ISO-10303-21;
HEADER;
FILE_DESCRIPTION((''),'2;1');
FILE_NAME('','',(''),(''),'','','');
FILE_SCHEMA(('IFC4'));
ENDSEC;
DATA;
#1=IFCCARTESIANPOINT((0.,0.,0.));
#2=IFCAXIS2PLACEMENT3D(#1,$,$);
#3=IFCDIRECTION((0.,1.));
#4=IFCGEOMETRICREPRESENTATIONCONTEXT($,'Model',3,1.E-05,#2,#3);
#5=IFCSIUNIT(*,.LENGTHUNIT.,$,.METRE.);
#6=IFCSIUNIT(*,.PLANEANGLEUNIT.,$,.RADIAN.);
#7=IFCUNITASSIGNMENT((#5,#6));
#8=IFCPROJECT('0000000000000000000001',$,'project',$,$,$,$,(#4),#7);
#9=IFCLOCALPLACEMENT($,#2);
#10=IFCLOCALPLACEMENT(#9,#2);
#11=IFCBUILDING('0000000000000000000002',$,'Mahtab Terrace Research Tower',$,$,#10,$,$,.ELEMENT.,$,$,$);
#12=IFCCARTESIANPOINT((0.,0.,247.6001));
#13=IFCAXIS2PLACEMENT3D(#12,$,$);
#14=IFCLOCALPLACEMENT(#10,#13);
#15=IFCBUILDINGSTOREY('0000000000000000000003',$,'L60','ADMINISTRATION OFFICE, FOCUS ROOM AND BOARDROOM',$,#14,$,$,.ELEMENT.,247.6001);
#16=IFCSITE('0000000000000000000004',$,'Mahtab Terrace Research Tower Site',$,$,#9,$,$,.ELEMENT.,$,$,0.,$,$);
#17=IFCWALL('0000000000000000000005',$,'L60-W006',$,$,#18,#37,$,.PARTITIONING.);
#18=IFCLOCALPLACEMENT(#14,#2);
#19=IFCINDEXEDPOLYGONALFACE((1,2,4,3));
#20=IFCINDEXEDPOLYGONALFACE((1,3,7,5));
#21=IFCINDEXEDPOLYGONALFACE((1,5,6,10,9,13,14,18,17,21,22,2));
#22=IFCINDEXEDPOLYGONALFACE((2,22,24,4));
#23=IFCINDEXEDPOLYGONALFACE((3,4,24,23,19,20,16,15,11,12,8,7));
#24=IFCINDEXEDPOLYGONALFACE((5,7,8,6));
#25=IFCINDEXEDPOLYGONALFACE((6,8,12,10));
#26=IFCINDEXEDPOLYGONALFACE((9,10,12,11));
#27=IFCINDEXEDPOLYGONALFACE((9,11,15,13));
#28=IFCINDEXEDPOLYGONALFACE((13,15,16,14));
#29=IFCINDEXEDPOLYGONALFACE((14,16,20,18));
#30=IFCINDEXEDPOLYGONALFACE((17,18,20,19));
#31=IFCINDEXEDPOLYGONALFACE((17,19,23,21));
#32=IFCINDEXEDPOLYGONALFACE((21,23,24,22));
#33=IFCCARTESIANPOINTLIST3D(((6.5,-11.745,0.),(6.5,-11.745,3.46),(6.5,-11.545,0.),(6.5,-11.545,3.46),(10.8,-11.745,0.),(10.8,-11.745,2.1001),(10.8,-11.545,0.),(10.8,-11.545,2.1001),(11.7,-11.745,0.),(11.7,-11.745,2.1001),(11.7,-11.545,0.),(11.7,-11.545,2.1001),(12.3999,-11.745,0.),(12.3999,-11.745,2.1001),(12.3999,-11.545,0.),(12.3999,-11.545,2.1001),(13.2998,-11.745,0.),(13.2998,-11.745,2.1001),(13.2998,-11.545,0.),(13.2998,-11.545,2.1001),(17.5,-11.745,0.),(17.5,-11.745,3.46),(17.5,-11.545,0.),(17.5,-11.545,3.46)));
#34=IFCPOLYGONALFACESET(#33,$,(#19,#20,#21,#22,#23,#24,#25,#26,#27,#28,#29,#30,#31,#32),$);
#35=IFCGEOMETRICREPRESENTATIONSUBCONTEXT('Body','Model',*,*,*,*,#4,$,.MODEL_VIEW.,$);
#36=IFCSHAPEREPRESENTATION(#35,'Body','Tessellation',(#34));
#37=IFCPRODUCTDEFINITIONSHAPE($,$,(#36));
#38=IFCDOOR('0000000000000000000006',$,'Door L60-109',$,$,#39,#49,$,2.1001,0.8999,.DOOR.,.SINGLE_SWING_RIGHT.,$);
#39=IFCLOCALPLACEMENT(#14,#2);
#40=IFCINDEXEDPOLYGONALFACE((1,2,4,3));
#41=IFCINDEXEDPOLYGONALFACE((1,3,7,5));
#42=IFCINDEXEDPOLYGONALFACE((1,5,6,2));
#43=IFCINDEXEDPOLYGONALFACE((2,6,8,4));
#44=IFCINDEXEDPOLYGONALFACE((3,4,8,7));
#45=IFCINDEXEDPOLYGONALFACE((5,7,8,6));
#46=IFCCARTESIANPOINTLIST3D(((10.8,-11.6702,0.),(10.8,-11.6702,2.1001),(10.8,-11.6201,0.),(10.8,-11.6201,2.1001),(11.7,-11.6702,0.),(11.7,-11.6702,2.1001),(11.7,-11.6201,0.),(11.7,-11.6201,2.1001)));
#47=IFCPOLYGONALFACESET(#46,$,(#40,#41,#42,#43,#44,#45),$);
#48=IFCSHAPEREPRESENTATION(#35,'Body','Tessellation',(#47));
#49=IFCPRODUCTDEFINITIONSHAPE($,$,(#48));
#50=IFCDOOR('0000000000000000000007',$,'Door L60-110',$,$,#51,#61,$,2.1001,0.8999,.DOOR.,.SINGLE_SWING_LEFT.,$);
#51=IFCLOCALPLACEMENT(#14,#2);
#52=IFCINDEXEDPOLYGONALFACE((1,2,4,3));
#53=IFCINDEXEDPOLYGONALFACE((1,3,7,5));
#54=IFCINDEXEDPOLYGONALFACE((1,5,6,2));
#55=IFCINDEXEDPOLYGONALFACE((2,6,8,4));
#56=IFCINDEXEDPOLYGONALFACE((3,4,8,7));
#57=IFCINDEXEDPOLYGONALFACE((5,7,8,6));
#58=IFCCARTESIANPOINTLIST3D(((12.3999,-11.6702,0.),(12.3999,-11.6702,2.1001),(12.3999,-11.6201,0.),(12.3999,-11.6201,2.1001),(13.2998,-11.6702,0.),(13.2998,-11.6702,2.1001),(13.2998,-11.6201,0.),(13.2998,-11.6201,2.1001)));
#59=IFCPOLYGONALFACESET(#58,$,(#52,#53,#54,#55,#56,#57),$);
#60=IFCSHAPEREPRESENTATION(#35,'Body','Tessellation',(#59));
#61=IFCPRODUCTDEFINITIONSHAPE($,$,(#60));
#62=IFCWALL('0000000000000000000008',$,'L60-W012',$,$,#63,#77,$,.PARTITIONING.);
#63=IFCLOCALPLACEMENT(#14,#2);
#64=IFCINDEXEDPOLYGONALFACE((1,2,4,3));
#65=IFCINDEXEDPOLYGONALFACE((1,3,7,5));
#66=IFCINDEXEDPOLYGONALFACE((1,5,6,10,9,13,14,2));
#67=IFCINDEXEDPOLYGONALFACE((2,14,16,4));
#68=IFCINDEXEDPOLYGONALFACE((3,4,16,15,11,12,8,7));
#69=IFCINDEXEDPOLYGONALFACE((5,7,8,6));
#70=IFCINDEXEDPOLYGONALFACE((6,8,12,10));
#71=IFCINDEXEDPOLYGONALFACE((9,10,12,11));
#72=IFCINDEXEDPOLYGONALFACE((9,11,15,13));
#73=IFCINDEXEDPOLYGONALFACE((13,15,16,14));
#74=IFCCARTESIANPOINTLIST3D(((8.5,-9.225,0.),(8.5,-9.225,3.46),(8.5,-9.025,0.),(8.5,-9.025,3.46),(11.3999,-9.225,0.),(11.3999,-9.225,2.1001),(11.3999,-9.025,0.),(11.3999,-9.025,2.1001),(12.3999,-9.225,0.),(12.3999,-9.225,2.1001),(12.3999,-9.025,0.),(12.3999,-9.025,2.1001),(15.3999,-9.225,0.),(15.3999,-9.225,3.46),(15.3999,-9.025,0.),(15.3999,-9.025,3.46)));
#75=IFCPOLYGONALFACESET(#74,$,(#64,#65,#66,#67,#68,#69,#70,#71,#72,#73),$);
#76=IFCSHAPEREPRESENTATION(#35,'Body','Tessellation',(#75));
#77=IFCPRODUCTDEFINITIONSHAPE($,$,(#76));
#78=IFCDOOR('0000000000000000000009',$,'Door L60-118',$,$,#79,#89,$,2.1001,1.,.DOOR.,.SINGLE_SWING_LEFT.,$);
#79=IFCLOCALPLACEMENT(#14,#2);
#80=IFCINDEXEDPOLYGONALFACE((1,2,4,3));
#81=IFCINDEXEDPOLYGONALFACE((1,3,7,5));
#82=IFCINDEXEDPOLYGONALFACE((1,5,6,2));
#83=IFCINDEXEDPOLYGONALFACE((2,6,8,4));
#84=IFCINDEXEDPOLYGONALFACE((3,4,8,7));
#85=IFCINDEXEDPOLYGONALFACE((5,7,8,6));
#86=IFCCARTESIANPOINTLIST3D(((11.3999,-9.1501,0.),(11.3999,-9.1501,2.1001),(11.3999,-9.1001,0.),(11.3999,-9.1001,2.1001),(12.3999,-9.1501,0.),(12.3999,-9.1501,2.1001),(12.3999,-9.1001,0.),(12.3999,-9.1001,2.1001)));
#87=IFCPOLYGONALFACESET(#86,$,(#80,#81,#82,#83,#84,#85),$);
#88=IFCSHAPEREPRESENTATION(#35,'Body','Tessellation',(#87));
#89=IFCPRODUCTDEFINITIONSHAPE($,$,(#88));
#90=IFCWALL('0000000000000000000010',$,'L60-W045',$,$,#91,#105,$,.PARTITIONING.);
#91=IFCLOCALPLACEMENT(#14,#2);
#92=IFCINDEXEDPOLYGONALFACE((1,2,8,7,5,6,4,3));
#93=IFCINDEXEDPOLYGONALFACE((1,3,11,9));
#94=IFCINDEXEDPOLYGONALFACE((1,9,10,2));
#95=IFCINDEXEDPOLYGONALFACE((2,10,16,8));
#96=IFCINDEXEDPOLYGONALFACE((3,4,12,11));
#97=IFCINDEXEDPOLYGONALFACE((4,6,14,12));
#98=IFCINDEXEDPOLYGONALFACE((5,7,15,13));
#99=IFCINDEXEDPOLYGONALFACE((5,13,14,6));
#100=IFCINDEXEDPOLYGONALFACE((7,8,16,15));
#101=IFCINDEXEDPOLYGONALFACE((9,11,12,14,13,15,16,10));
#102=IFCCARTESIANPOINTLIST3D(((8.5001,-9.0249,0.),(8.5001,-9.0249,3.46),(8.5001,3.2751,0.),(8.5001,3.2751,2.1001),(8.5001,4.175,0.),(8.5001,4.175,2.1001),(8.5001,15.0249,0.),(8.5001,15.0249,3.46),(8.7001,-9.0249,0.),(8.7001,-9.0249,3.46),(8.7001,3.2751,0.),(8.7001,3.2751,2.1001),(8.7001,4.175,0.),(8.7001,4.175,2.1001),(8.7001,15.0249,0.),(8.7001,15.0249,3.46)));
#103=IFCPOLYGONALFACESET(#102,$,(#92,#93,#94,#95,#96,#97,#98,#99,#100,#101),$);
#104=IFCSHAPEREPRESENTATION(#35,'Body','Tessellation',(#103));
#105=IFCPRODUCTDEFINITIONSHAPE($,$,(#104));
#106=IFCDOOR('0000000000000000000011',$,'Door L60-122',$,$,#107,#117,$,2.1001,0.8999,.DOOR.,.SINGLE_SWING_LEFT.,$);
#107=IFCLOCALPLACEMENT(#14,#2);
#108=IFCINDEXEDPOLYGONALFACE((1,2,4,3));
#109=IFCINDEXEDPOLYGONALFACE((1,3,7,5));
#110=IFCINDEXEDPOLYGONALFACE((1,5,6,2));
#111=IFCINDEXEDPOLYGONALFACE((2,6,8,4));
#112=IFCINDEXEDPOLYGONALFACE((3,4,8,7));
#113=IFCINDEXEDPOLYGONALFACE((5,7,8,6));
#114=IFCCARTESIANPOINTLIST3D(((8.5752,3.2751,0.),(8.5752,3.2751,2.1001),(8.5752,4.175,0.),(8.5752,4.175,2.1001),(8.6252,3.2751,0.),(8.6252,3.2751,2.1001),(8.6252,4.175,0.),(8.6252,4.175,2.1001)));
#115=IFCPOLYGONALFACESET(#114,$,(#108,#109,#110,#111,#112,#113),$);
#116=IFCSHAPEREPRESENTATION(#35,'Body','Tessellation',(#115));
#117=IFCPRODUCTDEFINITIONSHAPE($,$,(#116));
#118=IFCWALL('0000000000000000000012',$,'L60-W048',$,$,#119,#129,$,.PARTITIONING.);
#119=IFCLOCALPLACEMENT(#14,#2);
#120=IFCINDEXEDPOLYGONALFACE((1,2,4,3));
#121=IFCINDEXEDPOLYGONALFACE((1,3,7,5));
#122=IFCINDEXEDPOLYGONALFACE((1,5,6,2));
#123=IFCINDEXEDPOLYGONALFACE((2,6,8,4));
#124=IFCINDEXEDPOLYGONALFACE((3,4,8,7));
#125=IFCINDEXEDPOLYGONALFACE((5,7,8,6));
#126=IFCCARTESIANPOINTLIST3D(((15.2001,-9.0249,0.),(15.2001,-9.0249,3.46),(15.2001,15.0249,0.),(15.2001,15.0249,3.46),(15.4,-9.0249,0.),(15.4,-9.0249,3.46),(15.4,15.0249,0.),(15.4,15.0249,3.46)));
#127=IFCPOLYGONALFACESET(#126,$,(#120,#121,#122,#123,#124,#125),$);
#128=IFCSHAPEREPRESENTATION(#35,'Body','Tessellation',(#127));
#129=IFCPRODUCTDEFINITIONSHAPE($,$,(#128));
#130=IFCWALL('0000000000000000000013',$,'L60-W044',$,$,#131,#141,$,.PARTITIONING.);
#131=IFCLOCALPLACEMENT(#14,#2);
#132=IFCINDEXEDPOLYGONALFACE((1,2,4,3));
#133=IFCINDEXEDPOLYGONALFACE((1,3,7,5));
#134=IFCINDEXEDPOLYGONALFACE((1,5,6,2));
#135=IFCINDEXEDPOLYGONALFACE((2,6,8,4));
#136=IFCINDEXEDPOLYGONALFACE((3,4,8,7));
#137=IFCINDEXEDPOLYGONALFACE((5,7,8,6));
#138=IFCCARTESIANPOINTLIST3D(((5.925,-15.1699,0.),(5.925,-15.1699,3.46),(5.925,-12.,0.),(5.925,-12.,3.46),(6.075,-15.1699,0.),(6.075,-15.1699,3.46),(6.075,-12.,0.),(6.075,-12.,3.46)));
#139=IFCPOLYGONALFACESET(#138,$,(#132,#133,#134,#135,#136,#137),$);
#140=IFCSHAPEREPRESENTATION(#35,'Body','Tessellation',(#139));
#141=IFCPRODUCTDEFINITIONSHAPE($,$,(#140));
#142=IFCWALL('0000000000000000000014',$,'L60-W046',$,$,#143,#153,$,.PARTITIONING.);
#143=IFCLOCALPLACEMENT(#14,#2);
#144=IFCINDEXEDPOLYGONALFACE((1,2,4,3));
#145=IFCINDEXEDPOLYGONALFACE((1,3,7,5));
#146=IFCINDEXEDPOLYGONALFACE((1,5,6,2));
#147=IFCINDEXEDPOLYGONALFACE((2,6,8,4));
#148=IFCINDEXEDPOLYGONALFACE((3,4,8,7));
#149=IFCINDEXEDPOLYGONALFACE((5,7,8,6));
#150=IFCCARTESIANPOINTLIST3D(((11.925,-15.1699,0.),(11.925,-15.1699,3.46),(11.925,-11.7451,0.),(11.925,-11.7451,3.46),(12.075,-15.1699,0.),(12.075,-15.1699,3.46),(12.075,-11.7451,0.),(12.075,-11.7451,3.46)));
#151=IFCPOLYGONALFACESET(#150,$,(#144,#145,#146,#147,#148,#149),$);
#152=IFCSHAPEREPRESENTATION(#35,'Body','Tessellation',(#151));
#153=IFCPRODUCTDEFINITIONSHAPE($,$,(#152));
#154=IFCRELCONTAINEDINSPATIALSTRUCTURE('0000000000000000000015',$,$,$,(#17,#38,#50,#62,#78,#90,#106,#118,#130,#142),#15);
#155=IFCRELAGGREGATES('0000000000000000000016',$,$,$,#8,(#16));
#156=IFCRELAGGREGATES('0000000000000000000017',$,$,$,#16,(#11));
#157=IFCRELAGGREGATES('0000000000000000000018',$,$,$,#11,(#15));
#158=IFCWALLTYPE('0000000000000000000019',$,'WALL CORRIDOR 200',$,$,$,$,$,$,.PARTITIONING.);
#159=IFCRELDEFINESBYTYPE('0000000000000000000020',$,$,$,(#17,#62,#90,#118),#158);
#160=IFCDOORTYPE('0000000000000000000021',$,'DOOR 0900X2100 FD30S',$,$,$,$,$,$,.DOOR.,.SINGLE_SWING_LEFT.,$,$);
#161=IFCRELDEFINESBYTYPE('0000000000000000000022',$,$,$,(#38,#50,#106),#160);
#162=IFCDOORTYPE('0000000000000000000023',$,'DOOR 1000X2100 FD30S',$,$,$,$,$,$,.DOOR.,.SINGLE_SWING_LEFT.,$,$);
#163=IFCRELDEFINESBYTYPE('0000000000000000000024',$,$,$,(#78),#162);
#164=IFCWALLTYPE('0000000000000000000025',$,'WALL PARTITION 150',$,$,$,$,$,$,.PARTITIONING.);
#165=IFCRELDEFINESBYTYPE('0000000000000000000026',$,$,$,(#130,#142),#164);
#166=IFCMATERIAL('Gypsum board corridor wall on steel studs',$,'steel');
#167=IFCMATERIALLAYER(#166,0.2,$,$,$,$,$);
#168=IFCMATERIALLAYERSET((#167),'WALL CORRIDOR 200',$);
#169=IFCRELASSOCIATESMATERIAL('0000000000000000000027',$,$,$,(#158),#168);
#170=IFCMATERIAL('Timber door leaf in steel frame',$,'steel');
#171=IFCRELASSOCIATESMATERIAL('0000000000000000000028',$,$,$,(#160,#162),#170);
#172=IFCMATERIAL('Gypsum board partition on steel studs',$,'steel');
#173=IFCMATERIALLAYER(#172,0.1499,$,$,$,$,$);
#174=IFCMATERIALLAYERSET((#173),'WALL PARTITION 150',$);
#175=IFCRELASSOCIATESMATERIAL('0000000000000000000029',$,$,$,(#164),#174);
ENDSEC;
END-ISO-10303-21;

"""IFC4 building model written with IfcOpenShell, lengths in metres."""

from ifc_helpers import new_model, si_unit, direction, frame, frame_2d, origin, place, context, subcontext, project, spatial, rectangle, extrude, material, layer, layer_set, type_object, element, fill, save


model = new_model("IFC4")

# Units and contexts
model_context = context("Model", 3, precision=1e-05, world=origin(), true_north=direction((0.0, 1.0)))
body_context = subcontext(model_context, "Body", "Model", "MODEL_VIEW")
ifc_project = project(units=[si_unit("LENGTHUNIT", "METRE"), si_unit("PLANEANGLEUNIT", "RADIAN")], contexts=[model_context])

# Site, building, storey
site_placement = place(None, origin())
site = spatial("IfcSite", under=ifc_project, at=site_placement, Name="Mahtab Terrace Research Tower Site", CompositionType="ELEMENT", RefElevation=0.0)
building_placement = place(site_placement, origin())
building = spatial("IfcBuilding", under=site, at=building_placement, Name="Mahtab Terrace Research Tower", CompositionType="ELEMENT")
storey_placement = place(building_placement, frame((0.0, 0.0, 247.6001)))
storey = spatial("IfcBuildingStorey", under=building, at=storey_placement, Name="L60", Description="ADMINISTRATION OFFICE, FOCUS ROOM AND BOARDROOM", CompositionType="ELEMENT", Elevation=247.6001)

# Wall, openings, doors
ifc_material_1 = material(Name="Gypsum board corridor wall on steel studs", Category="steel")
ifc_layer_1 = layer(ifc_material_1, 0.2)
ifc_layer_set_1 = layer_set([ifc_layer_1], Name="WALL CORRIDOR 200")
wall_type_1 = type_object("IfcWallType", Name="WALL CORRIDOR 200", PredefinedType="PARTITIONING", material=ifc_layer_set_1)
wall_1_placement = place(storey_placement, frame((6.5, -11.645, 0.0), z_axis=(0.0, 0.0, 1.0), x_axis=(1.0, 0.0, 0.0)))
wall_1 = element("IfcWall", 1, at=wall_1_placement, inside=storey, type_object=wall_type_1, Name="L60-W006", PredefinedType="PARTITIONING", context=body_context, shape_type="SweptSolid", body=[
    extrude(rectangle(XDim=11.0, YDim=0.2, at=frame_2d((5.5, 0.0))), origin(), (0.0, 0.0, 1.0), 3.46),
])
opening_1_placement = place(wall_1_placement, frame((4.3, 0.0, 0.0)))
opening_1 = element("IfcOpeningElement", 2, at=opening_1_placement, cuts=wall_1, PredefinedType="OPENING", context=body_context, shape_type="SweptSolid", body=[
    extrude(rectangle(XDim=0.8999, YDim=2.1001, at=frame_2d((0.45, 1.05))), frame((0.0, 0.1099, 0.0), z_axis=(0.0, -1.0, 0.0), x_axis=(1.0, 0.0, 0.0)), (0.0, 0.0, 1.0), 0.22),
])
opening_2_placement = place(wall_1_placement, frame((5.8999, 0.0, 0.0)))
opening_2 = element("IfcOpeningElement", 3, at=opening_2_placement, cuts=wall_1, PredefinedType="OPENING", context=body_context, shape_type="SweptSolid", body=[
    extrude(rectangle(XDim=0.8999, YDim=2.1001, at=frame_2d((0.45, 1.05))), frame((0.0, 0.1099, 0.0), z_axis=(0.0, -1.0, 0.0), x_axis=(1.0, 0.0, 0.0)), (0.0, 0.0, 1.0), 0.22),
])
ifc_material_2 = material(Name="Timber door leaf in steel frame", Category="steel")
door_type_1 = type_object("IfcDoorType", Name="DOOR 0900X2100 FD30S", OperationType="SINGLE_SWING_LEFT", PredefinedType="DOOR", material=ifc_material_2)
door_1_placement = place(opening_1_placement, origin())
door_1 = element("IfcDoor", 4, at=door_1_placement, inside=storey, type_object=door_type_1, Name="Door L60-109", OperationType="SINGLE_SWING_RIGHT", OverallHeight=2.1001, OverallWidth=0.8999, PredefinedType="DOOR", context=body_context, shape_type="SweptSolid", body=[
    extrude(rectangle(XDim=0.8999, YDim=2.1001, at=frame_2d((0.45, 1.05))), frame((0.0, 0.0249, 0.0), z_axis=(0.0, -1.0, 0.0), x_axis=(1.0, 0.0, 0.0)), (0.0, 0.0, 1.0), 0.05),
])
fill(opening_1, door_1)
door_2_placement = place(opening_2_placement, origin())
door_2 = element("IfcDoor", 5, at=door_2_placement, inside=storey, type_object=door_type_1, Name="Door L60-110", OperationType="SINGLE_SWING_LEFT", OverallHeight=2.1001, OverallWidth=0.8999, PredefinedType="DOOR", context=body_context, shape_type="SweptSolid", body=[
    extrude(rectangle(XDim=0.8999, YDim=2.1001, at=frame_2d((0.45, 1.05))), frame((0.0, 0.0249, 0.0), z_axis=(0.0, -1.0, 0.0), x_axis=(1.0, 0.0, 0.0)), (0.0, 0.0, 1.0), 0.05),
])
fill(opening_2, door_2)

# Walls, openings, doors
wall_2_placement = place(storey_placement, frame((8.5, -9.125, 0.0), z_axis=(0.0, 0.0, 1.0), x_axis=(1.0, 0.0, 0.0)))
wall_2 = element("IfcWall", 6, at=wall_2_placement, inside=storey, type_object=wall_type_1, Name="L60-W012", PredefinedType="PARTITIONING", context=body_context, shape_type="SweptSolid", body=[
    extrude(rectangle(XDim=6.8999, YDim=0.2, at=frame_2d((3.45, 0.0))), origin(), (0.0, 0.0, 1.0), 3.46),
])
opening_3_placement = place(wall_2_placement, frame((2.8999, 0.0, 0.0)))
opening_3 = element("IfcOpeningElement", 7, at=opening_3_placement, cuts=wall_2, PredefinedType="OPENING", context=body_context, shape_type="SweptSolid", body=[
    extrude(rectangle(XDim=1.0, YDim=2.1001, at=frame_2d((0.5, 1.05))), frame((0.0, 0.1099, 0.0), z_axis=(0.0, -1.0, 0.0), x_axis=(1.0, 0.0, 0.0)), (0.0, 0.0, 1.0), 0.22),
])
door_type_2 = type_object("IfcDoorType", Name="DOOR 1000X2100 FD30S", OperationType="SINGLE_SWING_LEFT", PredefinedType="DOOR", material=ifc_material_2)
door_3_placement = place(opening_3_placement, origin())
door_3 = element("IfcDoor", 8, at=door_3_placement, inside=storey, type_object=door_type_2, Name="Door L60-118", OperationType="SINGLE_SWING_LEFT", OverallHeight=2.1001, OverallWidth=1.0, PredefinedType="DOOR", context=body_context, shape_type="SweptSolid", body=[
    extrude(rectangle(XDim=1.0, YDim=2.1001, at=frame_2d((0.5, 1.05))), frame((0.0, 0.0249, 0.0), z_axis=(0.0, -1.0, 0.0), x_axis=(1.0, 0.0, 0.0)), (0.0, 0.0, 1.0), 0.05),
])
fill(opening_3, door_3)
wall_3_placement = place(storey_placement, frame((8.6001, -9.0249, 0.0), z_axis=(0.0, 0.0, 1.0), x_axis=(0.0, 1.0, 0.0)))
wall_3 = element("IfcWall", 9, at=wall_3_placement, inside=storey, type_object=wall_type_1, Name="L60-W045", PredefinedType="PARTITIONING", context=body_context, shape_type="SweptSolid", body=[
    extrude(rectangle(XDim=24.0498, YDim=0.2, at=frame_2d((12.0249, 0.0))), origin(), (0.0, 0.0, 1.0), 3.46),
])
opening_4_placement = place(wall_3_placement, frame((12.3, 0.0, 0.0)))
opening_4 = element("IfcOpeningElement", 10, at=opening_4_placement, cuts=wall_3, PredefinedType="OPENING", context=body_context, shape_type="SweptSolid", body=[
    extrude(rectangle(XDim=0.8999, YDim=2.1001, at=frame_2d((0.45, 1.05))), frame((0.0, 0.1099, 0.0), z_axis=(0.0, -1.0, 0.0), x_axis=(1.0, 0.0, 0.0)), (0.0, 0.0, 1.0), 0.22),
])
door_4_placement = place(opening_4_placement, origin())
door_4 = element("IfcDoor", 11, at=door_4_placement, inside=storey, type_object=door_type_1, Name="Door L60-122", OperationType="SINGLE_SWING_LEFT", OverallHeight=2.1001, OverallWidth=0.8999, PredefinedType="DOOR", context=body_context, shape_type="SweptSolid", body=[
    extrude(rectangle(XDim=0.8999, YDim=2.1001, at=frame_2d((0.45, 1.05))), frame((0.0, 0.0249, 0.0), z_axis=(0.0, -1.0, 0.0), x_axis=(1.0, 0.0, 0.0)), (0.0, 0.0, 1.0), 0.05),
])
fill(opening_4, door_4)

# Walls
wall_4_placement = place(storey_placement, frame((15.3, -9.0249, 0.0), z_axis=(0.0, 0.0, 1.0), x_axis=(0.0, 1.0, 0.0)))
element("IfcWall", 12, at=wall_4_placement, inside=storey, type_object=wall_type_1, Name="L60-W048", PredefinedType="PARTITIONING", context=body_context, shape_type="SweptSolid", body=[
    extrude(rectangle(XDim=24.0498, YDim=0.2, at=frame_2d((12.0249, 0.0))), origin(), (0.0, 0.0, 1.0), 3.46),
])
ifc_material_3 = material(Name="Gypsum board partition on steel studs", Category="steel")
ifc_layer_2 = layer(ifc_material_3, 0.1499)
ifc_layer_set_2 = layer_set([ifc_layer_2], Name="WALL PARTITION 150")
wall_type_2 = type_object("IfcWallType", Name="WALL PARTITION 150", PredefinedType="PARTITIONING", material=ifc_layer_set_2)
wall_5_placement = place(storey_placement, frame((6.0, -15.1699, 0.0), z_axis=(0.0, 0.0, 1.0), x_axis=(0.0, 1.0, 0.0)))
element("IfcWall", 13, at=wall_5_placement, inside=storey, type_object=wall_type_2, Name="L60-W044", PredefinedType="PARTITIONING", context=body_context, shape_type="SweptSolid", body=[
    extrude(rectangle(XDim=3.1699, YDim=0.1499, at=frame_2d((1.585, 0.0))), origin(), (0.0, 0.0, 1.0), 3.46),
])
wall_6_placement = place(storey_placement, frame((12.0, -15.1699, 0.0), z_axis=(0.0, 0.0, 1.0), x_axis=(0.0, 1.0, 0.0)))
element("IfcWall", 14, at=wall_6_placement, inside=storey, type_object=wall_type_2, Name="L60-W046", PredefinedType="PARTITIONING", context=body_context, shape_type="SweptSolid", body=[
    extrude(rectangle(XDim=3.4248, YDim=0.1499, at=frame_2d((1.7124, 0.0))), origin(), (0.0, 0.0, 1.0), 3.46),
])

save(model, "model.ifc")
